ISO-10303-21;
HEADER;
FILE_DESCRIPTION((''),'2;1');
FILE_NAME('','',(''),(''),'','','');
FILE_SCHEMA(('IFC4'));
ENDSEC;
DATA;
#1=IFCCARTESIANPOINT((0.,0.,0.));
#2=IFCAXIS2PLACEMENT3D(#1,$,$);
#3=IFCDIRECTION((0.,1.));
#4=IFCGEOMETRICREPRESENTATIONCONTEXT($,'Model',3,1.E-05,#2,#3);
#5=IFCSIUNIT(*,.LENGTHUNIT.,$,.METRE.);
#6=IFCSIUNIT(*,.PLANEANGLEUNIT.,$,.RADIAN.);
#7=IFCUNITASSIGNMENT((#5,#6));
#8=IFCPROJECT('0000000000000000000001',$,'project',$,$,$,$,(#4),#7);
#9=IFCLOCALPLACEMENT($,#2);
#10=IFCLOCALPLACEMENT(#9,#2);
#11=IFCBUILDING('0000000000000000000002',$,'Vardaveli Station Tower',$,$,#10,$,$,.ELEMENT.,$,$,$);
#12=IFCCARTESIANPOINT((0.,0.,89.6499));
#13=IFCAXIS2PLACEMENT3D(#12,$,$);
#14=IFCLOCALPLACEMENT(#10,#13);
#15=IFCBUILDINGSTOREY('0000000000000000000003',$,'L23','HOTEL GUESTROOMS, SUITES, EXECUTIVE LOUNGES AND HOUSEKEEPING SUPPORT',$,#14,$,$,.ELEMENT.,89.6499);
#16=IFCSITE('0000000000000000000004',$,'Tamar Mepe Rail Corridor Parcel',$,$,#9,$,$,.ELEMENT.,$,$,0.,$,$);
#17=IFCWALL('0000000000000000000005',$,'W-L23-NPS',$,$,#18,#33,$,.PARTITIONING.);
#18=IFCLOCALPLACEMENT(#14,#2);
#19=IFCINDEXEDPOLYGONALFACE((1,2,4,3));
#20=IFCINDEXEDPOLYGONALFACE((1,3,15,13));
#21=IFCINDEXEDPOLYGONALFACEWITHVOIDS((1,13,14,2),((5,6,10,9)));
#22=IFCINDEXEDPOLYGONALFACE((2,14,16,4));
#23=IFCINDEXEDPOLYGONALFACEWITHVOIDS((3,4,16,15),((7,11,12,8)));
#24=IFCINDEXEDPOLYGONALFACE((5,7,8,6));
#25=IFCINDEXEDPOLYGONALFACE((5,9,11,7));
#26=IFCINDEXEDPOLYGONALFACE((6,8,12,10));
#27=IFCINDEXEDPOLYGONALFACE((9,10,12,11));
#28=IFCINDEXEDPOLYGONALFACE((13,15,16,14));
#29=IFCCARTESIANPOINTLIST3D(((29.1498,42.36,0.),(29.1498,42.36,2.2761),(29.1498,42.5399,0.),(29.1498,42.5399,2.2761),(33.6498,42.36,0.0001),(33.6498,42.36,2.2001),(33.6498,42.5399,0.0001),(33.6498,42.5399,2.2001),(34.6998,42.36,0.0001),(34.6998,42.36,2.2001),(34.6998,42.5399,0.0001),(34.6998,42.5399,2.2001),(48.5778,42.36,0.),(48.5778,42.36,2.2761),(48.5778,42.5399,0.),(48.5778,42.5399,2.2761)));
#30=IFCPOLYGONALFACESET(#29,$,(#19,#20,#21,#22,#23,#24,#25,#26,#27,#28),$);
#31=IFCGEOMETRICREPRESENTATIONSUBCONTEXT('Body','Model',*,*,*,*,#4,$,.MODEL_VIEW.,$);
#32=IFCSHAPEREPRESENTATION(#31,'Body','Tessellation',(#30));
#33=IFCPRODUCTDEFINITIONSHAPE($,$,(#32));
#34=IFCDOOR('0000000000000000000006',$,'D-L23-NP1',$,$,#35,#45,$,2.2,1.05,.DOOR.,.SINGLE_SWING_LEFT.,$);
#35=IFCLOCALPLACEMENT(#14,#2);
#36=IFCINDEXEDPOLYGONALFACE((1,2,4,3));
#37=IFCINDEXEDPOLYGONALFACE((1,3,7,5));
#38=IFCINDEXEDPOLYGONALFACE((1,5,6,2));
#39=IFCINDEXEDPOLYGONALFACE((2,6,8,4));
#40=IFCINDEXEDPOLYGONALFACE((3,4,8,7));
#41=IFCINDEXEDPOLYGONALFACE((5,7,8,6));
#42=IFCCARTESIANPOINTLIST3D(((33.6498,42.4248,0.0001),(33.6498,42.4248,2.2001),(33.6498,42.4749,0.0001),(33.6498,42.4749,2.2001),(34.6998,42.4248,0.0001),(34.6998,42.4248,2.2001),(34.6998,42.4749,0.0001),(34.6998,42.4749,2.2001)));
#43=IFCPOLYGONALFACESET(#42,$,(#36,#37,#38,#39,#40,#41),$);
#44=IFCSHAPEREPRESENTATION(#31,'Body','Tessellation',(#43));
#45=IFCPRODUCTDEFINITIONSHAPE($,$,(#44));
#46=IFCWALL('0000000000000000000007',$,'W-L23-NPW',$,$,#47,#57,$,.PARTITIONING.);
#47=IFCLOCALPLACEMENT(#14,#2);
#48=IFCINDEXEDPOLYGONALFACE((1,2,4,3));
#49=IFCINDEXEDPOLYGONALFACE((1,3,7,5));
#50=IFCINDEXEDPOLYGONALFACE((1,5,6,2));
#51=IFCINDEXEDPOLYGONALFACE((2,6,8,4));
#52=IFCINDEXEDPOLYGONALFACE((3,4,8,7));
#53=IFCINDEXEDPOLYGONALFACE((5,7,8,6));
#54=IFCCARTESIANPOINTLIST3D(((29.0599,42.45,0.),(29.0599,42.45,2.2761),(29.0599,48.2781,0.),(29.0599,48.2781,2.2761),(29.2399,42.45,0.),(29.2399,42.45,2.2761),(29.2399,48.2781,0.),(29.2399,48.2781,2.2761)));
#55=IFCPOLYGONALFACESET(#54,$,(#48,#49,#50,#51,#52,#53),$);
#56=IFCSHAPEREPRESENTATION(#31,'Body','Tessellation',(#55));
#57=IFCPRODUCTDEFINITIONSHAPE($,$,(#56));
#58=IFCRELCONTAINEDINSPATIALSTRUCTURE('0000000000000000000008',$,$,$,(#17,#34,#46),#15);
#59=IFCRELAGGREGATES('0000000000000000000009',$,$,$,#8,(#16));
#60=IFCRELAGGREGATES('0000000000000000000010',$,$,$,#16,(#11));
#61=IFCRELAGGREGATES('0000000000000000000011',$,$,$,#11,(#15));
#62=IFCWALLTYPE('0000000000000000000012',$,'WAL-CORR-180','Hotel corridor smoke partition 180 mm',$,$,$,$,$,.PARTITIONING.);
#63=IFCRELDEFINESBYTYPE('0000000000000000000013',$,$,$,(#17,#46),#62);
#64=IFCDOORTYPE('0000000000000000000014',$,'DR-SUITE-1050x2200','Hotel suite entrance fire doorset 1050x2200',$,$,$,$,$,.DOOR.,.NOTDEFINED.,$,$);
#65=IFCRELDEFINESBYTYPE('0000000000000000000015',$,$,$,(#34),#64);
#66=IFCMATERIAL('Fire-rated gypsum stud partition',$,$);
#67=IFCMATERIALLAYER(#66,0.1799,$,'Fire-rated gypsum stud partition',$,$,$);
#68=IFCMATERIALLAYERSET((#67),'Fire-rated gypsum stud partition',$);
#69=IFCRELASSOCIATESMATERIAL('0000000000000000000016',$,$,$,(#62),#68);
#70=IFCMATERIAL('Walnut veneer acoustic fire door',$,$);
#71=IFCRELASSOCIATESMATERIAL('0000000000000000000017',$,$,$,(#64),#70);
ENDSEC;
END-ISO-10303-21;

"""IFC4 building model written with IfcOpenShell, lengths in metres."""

from ifc_helpers import new_model, si_unit, direction, frame, frame_2d, origin, place, context, subcontext, project, spatial, rectangle, extrude, source, transform, mapped, material, layer, layer_set, type_object, element, fill, save


model = new_model("IFC4")

# Units and contexts
model_context = context("Model", 3, precision=1e-05, world=origin(), true_north=direction((0.0, 1.0)))
body_context = subcontext(model_context, "Body", "Model", "MODEL_VIEW")
ifc_project = project(units=[si_unit("LENGTHUNIT", "METRE"), si_unit("PLANEANGLEUNIT", "RADIAN")], contexts=[model_context])

# Site, building, storey
site_placement = place(None, origin())
site = spatial("IfcSite", under=ifc_project, at=site_placement, Name="Tamar Mepe Rail Corridor Parcel", CompositionType="ELEMENT", RefElevation=0.0)
building_placement = place(site_placement, origin())
building = spatial("IfcBuilding", under=site, at=building_placement, Name="Vardaveli Station Tower", CompositionType="ELEMENT")
storey_placement = place(building_placement, frame((0.0, 0.0, 89.6499)))
storey = spatial("IfcBuildingStorey", under=building, at=storey_placement, Name="L23", Description="HOTEL GUESTROOMS, SUITES, EXECUTIVE LOUNGES AND HOUSEKEEPING SUPPORT", CompositionType="ELEMENT", Elevation=89.6499)

# Wall, opening, door
ifc_material_1 = material(Name="Fire-rated gypsum stud partition")
ifc_layer_1 = layer(ifc_material_1, 0.1799, Name="Fire-rated gypsum stud partition")
ifc_layer_set_1 = layer_set([ifc_layer_1], Name="Fire-rated gypsum stud partition")
wall_type_1 = type_object("IfcWallType", Name="WAL-CORR-180", Description="Hotel corridor smoke partition 180 mm", PredefinedType="PARTITIONING", material=ifc_layer_set_1)
shared_shape_1 = source(origin(), body_context, "Body", "SweptSolid", [
    extrude(rectangle(XDim=19.428, YDim=0.1799, at=frame_2d((9.7139, 0.0))), origin(), (0.0, 0.0, 1.0), 2.2761),
])
wall_1_placement = place(storey_placement, frame((29.1499, 42.45, 0.0), z_axis=(0.0, 0.0, 1.0), x_axis=(1.0, 0.0, 0.0)))
wall_1 = element("IfcWall", 1, at=wall_1_placement, inside=storey, type_object=wall_type_1, Name="W-L23-NPS", PredefinedType="PARTITIONING", context=body_context, shape_type="MappedRepresentation", body=[
    mapped(shared_shape_1, transform((0.0, 0.0, 0.0), scale=1.0)),
])
shared_shape_2 = source(origin(), body_context, "Body", "SweptSolid", [
    extrude(rectangle(XDim=1.05, YDim=2.2, at=frame_2d((0.5249, 1.1001))), frame((0.0, 0.1001, 0.0), z_axis=(0.0, -1.0, 0.0), x_axis=(1.0, 0.0, 0.0)), (0.0, 0.0, 1.0), 0.2),
])
opening_1_placement = place(wall_1_placement, frame((4.5, 0.0, 0.0)))
opening_1 = element("IfcOpeningElement", 2, at=opening_1_placement, cuts=wall_1, PredefinedType="OPENING", context=body_context, shape_type="MappedRepresentation", body=[
    mapped(shared_shape_2, transform((0.0, 0.0, 0.0), scale=1.0)),
])
ifc_material_2 = material(Name="Walnut veneer acoustic fire door")
door_type_1 = type_object("IfcDoorType", Name="DR-SUITE-1050x2200", Description="Hotel suite entrance fire doorset 1050x2200", OperationType="NOTDEFINED", PredefinedType="DOOR", material=ifc_material_2)
shared_shape_3 = source(origin(), body_context, "Body", "SweptSolid", [
    extrude(rectangle(XDim=1.05, YDim=2.2, at=frame_2d((0.5249, 1.1001))), frame((0.0, 0.0249, 0.0), z_axis=(0.0, -1.0, 0.0), x_axis=(1.0, 0.0, 0.0)), (0.0, 0.0, 1.0), 0.05),
])
door_1_placement = place(opening_1_placement, origin())
door_1 = element("IfcDoor", 3, at=door_1_placement, inside=storey, type_object=door_type_1, Name="D-L23-NP1", OperationType="SINGLE_SWING_LEFT", OverallHeight=2.2, OverallWidth=1.05, PredefinedType="DOOR", context=body_context, shape_type="MappedRepresentation", body=[
    mapped(shared_shape_3, transform((0.0, 0.0, 0.0), scale=1.0)),
])
fill(opening_1, door_1)

# Wall
shared_shape_4 = source(origin(), body_context, "Body", "SweptSolid", [
    extrude(rectangle(XDim=5.8281, YDim=0.1799, at=frame_2d((2.9141, 0.0))), origin(), (0.0, 0.0, 1.0), 2.2761),
])
wall_2_placement = place(storey_placement, frame((29.1499, 42.45, 0.0), z_axis=(0.0, 0.0, 1.0), x_axis=(0.0, 1.0, 0.0)))
element("IfcWall", 4, at=wall_2_placement, inside=storey, type_object=wall_type_1, Name="W-L23-NPW", PredefinedType="PARTITIONING", context=body_context, shape_type="MappedRepresentation", body=[
    mapped(shared_shape_4, transform((0.0, 0.0, 0.0), scale=1.0)),
])

save(model, "model.ifc")
